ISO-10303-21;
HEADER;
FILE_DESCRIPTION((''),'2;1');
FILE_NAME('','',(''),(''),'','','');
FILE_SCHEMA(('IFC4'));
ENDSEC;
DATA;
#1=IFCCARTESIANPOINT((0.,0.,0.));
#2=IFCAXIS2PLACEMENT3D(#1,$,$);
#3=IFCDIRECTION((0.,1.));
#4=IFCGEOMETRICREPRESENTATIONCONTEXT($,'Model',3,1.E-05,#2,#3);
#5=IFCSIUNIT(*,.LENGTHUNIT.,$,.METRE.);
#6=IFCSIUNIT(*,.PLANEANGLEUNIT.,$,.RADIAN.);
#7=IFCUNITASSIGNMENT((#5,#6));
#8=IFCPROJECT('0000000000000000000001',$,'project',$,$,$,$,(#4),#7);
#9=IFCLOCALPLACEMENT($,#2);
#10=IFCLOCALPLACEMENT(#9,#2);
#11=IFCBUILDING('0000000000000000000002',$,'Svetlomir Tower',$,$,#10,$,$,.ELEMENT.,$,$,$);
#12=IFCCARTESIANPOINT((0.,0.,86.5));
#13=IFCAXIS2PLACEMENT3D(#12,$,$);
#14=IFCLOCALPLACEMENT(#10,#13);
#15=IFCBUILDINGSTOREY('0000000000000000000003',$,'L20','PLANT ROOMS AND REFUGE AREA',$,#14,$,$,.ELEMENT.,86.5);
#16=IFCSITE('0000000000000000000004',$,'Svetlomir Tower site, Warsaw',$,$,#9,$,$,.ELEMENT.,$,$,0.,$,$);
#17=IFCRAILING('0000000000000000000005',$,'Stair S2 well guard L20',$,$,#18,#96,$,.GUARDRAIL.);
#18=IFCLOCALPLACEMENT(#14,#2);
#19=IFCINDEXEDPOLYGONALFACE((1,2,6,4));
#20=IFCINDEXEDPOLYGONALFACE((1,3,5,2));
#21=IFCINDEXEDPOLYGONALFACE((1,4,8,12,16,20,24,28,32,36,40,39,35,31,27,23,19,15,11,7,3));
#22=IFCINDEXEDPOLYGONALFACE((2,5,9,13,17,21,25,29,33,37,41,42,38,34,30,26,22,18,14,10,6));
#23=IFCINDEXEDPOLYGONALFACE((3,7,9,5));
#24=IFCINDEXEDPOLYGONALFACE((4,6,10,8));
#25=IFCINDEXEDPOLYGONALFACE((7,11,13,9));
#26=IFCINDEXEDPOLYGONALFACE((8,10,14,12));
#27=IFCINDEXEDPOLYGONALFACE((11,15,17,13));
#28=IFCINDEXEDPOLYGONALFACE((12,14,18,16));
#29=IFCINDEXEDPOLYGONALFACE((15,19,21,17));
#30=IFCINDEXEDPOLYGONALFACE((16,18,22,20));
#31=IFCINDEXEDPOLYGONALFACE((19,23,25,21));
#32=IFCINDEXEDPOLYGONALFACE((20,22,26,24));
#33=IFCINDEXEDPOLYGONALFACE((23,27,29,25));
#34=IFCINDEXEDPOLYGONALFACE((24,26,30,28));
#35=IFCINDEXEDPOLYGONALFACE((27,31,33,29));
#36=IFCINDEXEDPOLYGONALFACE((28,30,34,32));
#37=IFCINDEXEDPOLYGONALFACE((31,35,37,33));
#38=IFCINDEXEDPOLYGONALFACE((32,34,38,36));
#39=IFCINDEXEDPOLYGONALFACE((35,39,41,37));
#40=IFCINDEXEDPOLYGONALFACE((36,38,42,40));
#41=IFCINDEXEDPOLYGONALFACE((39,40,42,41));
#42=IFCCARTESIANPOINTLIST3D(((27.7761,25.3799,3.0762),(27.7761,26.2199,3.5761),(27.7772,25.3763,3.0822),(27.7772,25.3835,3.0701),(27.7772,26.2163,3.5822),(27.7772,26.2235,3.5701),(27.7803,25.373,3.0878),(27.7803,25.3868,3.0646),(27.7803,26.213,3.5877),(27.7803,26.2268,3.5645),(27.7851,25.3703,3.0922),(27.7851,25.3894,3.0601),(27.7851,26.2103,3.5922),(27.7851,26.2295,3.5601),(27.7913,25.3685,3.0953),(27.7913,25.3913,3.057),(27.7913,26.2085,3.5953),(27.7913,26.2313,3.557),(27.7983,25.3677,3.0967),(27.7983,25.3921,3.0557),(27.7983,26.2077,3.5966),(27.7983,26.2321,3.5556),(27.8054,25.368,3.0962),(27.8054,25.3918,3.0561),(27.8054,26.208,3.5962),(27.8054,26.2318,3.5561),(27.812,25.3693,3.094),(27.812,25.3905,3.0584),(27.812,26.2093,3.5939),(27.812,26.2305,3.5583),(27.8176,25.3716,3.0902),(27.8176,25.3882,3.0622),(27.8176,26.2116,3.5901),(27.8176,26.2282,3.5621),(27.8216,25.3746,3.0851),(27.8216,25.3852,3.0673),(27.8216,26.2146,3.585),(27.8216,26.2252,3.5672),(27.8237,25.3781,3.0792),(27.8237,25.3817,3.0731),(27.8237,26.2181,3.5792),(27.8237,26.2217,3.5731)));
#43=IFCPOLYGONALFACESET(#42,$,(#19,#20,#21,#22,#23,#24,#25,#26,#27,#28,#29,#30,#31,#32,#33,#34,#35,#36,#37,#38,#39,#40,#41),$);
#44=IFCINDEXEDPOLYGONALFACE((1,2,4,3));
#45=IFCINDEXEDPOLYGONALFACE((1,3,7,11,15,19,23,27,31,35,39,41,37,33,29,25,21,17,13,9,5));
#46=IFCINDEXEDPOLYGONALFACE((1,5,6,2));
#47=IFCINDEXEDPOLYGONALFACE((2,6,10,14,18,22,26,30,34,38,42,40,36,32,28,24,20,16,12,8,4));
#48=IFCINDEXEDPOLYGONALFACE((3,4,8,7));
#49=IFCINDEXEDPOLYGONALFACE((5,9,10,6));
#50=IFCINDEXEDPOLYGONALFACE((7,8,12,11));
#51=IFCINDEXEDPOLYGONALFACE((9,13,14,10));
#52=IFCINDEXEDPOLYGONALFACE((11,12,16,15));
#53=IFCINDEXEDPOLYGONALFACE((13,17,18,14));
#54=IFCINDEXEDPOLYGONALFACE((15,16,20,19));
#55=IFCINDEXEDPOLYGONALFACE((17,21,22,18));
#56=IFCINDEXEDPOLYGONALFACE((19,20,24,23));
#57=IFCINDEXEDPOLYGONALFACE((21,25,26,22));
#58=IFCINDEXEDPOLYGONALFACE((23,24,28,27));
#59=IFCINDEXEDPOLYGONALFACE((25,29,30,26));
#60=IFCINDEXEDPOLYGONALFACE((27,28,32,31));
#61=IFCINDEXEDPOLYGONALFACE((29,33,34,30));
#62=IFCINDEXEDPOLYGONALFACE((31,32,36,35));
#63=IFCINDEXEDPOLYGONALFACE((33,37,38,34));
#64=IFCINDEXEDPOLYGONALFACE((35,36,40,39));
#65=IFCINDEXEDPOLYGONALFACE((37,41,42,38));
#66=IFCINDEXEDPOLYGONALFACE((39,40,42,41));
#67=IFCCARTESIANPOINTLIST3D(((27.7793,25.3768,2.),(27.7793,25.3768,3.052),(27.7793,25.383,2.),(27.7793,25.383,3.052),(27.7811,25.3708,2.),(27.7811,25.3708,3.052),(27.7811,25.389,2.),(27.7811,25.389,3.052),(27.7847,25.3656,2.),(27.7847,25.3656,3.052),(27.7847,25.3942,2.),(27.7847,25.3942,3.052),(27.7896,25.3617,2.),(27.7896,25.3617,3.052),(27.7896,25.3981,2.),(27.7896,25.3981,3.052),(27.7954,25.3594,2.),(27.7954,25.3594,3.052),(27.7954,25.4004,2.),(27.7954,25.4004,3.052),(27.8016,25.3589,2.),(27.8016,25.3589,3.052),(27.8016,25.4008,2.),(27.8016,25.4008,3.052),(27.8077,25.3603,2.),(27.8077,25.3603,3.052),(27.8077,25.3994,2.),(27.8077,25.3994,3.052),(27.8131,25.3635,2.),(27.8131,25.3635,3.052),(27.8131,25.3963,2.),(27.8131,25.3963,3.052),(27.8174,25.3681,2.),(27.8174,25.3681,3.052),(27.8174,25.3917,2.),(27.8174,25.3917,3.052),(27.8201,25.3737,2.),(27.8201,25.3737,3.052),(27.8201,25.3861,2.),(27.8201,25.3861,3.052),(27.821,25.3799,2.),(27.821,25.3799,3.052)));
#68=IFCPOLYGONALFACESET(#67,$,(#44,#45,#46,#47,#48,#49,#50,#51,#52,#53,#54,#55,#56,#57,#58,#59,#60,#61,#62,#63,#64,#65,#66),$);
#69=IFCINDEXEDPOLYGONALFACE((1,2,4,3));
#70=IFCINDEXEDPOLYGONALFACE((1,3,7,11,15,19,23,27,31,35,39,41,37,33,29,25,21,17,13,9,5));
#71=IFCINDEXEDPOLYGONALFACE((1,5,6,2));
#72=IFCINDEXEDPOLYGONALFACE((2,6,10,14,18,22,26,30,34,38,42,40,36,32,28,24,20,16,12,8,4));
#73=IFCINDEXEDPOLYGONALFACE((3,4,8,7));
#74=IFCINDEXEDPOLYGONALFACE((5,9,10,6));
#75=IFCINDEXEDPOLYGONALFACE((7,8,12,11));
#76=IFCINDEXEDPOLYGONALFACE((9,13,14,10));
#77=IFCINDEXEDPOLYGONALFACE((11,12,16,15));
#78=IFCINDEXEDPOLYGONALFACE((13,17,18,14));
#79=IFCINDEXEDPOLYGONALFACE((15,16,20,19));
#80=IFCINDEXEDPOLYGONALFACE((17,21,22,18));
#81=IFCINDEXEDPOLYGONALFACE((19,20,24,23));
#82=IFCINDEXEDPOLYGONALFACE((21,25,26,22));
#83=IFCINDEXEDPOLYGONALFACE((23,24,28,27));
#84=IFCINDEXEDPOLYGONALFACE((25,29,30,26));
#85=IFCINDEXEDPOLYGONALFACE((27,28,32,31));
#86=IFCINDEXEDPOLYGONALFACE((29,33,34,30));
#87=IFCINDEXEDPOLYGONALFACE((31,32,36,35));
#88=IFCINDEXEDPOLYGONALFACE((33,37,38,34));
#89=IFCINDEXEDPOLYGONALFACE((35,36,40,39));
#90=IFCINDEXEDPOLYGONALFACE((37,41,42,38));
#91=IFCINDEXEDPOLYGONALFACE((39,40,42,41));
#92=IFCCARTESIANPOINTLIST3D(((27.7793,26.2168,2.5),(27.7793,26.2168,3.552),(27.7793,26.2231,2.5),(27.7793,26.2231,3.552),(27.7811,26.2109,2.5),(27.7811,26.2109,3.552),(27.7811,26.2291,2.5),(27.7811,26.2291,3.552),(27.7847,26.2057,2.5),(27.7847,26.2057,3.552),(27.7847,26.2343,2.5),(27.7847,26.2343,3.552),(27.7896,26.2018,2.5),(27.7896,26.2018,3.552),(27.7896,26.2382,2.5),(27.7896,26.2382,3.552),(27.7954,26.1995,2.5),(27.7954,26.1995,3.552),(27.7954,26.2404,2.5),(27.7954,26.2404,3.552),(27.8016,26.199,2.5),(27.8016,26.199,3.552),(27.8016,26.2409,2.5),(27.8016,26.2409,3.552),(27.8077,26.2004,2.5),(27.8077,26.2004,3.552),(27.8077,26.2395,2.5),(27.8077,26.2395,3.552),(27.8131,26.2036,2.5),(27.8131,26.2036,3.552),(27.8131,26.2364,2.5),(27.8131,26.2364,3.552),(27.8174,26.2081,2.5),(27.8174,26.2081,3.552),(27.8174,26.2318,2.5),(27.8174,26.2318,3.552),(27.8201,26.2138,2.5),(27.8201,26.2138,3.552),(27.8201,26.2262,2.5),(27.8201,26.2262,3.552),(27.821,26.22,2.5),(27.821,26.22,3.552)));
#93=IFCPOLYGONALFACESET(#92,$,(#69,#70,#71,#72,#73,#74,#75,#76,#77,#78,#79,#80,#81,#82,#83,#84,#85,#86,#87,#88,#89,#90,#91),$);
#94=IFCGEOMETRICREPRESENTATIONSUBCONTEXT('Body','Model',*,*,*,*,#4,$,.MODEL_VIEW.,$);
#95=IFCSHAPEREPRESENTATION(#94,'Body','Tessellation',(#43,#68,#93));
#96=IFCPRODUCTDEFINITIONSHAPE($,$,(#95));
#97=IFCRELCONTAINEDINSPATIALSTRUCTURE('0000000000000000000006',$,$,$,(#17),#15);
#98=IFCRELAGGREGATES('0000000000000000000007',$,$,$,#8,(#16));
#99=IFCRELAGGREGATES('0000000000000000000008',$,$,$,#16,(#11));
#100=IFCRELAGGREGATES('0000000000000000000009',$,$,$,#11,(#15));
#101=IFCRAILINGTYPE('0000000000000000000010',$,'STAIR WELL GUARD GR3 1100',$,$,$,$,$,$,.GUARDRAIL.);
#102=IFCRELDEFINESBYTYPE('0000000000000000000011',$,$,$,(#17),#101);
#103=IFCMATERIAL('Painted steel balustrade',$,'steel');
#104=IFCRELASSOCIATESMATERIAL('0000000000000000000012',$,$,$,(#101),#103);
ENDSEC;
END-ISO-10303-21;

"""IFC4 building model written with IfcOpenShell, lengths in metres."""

from ifc_helpers import new_model, si_unit, direction, frame, origin, origin_2d, place, context, subcontext, project, spatial, circle, extrude, material, type_object, element, save


model = new_model("IFC4")

# Units and contexts
model_context = context("Model", 3, precision=1e-05, world=origin(), true_north=direction((0.0, 1.0)))
body_context = subcontext(model_context, "Body", "Model", "MODEL_VIEW")
ifc_project = project(units=[si_unit("LENGTHUNIT", "METRE"), si_unit("PLANEANGLEUNIT", "RADIAN")], contexts=[model_context])

# Site, building, storey
site_placement = place(None, origin())
site = spatial("IfcSite", under=ifc_project, at=site_placement, Name="Svetlomir Tower site, Warsaw", CompositionType="ELEMENT", RefElevation=0.0)
building_placement = place(site_placement, origin())
building = spatial("IfcBuilding", under=site, at=building_placement, Name="Svetlomir Tower", CompositionType="ELEMENT")
storey_placement = place(building_placement, frame((0.0, 0.0, 86.5)))
storey = spatial("IfcBuildingStorey", under=building, at=storey_placement, Name="L20", Description="PLANT ROOMS AND REFUGE AREA", CompositionType="ELEMENT", Elevation=86.5)

# Railing
ifc_material_1 = material(Name="Painted steel balustrade", Category="steel")
railing_type_1 = type_object("IfcRailingType", Name="STAIR WELL GUARD GR3 1100", PredefinedType="GUARDRAIL", material=ifc_material_1)
railing_1_placement = place(storey_placement, frame((27.8, 25.3799, 2.0)))
element("IfcRailing", 1, at=railing_1_placement, inside=storey, type_object=railing_type_1, Name="Stair S2 well guard L20", PredefinedType="GUARDRAIL", context=body_context, shape_type="SweptSolid", body=[
    extrude(circle(Radius=0.0239, at=origin_2d()), frame((0.0, 0.0, 1.0762), z_axis=(0.0, 0.859316, 0.511444), x_axis=(-1.0, 0.0, 0.0)), (0.0, 0.0, 1.0), 0.9775),
    extrude(circle(Radius=0.021, at=origin_2d()), origin(), (0.0, 0.0, 1.0), 1.052),
    extrude(circle(Radius=0.021, at=origin_2d()), frame((0.0, 0.8401, 0.5)), (0.0, 0.0, 1.0), 1.052),
])

save(model, "model.ifc")
